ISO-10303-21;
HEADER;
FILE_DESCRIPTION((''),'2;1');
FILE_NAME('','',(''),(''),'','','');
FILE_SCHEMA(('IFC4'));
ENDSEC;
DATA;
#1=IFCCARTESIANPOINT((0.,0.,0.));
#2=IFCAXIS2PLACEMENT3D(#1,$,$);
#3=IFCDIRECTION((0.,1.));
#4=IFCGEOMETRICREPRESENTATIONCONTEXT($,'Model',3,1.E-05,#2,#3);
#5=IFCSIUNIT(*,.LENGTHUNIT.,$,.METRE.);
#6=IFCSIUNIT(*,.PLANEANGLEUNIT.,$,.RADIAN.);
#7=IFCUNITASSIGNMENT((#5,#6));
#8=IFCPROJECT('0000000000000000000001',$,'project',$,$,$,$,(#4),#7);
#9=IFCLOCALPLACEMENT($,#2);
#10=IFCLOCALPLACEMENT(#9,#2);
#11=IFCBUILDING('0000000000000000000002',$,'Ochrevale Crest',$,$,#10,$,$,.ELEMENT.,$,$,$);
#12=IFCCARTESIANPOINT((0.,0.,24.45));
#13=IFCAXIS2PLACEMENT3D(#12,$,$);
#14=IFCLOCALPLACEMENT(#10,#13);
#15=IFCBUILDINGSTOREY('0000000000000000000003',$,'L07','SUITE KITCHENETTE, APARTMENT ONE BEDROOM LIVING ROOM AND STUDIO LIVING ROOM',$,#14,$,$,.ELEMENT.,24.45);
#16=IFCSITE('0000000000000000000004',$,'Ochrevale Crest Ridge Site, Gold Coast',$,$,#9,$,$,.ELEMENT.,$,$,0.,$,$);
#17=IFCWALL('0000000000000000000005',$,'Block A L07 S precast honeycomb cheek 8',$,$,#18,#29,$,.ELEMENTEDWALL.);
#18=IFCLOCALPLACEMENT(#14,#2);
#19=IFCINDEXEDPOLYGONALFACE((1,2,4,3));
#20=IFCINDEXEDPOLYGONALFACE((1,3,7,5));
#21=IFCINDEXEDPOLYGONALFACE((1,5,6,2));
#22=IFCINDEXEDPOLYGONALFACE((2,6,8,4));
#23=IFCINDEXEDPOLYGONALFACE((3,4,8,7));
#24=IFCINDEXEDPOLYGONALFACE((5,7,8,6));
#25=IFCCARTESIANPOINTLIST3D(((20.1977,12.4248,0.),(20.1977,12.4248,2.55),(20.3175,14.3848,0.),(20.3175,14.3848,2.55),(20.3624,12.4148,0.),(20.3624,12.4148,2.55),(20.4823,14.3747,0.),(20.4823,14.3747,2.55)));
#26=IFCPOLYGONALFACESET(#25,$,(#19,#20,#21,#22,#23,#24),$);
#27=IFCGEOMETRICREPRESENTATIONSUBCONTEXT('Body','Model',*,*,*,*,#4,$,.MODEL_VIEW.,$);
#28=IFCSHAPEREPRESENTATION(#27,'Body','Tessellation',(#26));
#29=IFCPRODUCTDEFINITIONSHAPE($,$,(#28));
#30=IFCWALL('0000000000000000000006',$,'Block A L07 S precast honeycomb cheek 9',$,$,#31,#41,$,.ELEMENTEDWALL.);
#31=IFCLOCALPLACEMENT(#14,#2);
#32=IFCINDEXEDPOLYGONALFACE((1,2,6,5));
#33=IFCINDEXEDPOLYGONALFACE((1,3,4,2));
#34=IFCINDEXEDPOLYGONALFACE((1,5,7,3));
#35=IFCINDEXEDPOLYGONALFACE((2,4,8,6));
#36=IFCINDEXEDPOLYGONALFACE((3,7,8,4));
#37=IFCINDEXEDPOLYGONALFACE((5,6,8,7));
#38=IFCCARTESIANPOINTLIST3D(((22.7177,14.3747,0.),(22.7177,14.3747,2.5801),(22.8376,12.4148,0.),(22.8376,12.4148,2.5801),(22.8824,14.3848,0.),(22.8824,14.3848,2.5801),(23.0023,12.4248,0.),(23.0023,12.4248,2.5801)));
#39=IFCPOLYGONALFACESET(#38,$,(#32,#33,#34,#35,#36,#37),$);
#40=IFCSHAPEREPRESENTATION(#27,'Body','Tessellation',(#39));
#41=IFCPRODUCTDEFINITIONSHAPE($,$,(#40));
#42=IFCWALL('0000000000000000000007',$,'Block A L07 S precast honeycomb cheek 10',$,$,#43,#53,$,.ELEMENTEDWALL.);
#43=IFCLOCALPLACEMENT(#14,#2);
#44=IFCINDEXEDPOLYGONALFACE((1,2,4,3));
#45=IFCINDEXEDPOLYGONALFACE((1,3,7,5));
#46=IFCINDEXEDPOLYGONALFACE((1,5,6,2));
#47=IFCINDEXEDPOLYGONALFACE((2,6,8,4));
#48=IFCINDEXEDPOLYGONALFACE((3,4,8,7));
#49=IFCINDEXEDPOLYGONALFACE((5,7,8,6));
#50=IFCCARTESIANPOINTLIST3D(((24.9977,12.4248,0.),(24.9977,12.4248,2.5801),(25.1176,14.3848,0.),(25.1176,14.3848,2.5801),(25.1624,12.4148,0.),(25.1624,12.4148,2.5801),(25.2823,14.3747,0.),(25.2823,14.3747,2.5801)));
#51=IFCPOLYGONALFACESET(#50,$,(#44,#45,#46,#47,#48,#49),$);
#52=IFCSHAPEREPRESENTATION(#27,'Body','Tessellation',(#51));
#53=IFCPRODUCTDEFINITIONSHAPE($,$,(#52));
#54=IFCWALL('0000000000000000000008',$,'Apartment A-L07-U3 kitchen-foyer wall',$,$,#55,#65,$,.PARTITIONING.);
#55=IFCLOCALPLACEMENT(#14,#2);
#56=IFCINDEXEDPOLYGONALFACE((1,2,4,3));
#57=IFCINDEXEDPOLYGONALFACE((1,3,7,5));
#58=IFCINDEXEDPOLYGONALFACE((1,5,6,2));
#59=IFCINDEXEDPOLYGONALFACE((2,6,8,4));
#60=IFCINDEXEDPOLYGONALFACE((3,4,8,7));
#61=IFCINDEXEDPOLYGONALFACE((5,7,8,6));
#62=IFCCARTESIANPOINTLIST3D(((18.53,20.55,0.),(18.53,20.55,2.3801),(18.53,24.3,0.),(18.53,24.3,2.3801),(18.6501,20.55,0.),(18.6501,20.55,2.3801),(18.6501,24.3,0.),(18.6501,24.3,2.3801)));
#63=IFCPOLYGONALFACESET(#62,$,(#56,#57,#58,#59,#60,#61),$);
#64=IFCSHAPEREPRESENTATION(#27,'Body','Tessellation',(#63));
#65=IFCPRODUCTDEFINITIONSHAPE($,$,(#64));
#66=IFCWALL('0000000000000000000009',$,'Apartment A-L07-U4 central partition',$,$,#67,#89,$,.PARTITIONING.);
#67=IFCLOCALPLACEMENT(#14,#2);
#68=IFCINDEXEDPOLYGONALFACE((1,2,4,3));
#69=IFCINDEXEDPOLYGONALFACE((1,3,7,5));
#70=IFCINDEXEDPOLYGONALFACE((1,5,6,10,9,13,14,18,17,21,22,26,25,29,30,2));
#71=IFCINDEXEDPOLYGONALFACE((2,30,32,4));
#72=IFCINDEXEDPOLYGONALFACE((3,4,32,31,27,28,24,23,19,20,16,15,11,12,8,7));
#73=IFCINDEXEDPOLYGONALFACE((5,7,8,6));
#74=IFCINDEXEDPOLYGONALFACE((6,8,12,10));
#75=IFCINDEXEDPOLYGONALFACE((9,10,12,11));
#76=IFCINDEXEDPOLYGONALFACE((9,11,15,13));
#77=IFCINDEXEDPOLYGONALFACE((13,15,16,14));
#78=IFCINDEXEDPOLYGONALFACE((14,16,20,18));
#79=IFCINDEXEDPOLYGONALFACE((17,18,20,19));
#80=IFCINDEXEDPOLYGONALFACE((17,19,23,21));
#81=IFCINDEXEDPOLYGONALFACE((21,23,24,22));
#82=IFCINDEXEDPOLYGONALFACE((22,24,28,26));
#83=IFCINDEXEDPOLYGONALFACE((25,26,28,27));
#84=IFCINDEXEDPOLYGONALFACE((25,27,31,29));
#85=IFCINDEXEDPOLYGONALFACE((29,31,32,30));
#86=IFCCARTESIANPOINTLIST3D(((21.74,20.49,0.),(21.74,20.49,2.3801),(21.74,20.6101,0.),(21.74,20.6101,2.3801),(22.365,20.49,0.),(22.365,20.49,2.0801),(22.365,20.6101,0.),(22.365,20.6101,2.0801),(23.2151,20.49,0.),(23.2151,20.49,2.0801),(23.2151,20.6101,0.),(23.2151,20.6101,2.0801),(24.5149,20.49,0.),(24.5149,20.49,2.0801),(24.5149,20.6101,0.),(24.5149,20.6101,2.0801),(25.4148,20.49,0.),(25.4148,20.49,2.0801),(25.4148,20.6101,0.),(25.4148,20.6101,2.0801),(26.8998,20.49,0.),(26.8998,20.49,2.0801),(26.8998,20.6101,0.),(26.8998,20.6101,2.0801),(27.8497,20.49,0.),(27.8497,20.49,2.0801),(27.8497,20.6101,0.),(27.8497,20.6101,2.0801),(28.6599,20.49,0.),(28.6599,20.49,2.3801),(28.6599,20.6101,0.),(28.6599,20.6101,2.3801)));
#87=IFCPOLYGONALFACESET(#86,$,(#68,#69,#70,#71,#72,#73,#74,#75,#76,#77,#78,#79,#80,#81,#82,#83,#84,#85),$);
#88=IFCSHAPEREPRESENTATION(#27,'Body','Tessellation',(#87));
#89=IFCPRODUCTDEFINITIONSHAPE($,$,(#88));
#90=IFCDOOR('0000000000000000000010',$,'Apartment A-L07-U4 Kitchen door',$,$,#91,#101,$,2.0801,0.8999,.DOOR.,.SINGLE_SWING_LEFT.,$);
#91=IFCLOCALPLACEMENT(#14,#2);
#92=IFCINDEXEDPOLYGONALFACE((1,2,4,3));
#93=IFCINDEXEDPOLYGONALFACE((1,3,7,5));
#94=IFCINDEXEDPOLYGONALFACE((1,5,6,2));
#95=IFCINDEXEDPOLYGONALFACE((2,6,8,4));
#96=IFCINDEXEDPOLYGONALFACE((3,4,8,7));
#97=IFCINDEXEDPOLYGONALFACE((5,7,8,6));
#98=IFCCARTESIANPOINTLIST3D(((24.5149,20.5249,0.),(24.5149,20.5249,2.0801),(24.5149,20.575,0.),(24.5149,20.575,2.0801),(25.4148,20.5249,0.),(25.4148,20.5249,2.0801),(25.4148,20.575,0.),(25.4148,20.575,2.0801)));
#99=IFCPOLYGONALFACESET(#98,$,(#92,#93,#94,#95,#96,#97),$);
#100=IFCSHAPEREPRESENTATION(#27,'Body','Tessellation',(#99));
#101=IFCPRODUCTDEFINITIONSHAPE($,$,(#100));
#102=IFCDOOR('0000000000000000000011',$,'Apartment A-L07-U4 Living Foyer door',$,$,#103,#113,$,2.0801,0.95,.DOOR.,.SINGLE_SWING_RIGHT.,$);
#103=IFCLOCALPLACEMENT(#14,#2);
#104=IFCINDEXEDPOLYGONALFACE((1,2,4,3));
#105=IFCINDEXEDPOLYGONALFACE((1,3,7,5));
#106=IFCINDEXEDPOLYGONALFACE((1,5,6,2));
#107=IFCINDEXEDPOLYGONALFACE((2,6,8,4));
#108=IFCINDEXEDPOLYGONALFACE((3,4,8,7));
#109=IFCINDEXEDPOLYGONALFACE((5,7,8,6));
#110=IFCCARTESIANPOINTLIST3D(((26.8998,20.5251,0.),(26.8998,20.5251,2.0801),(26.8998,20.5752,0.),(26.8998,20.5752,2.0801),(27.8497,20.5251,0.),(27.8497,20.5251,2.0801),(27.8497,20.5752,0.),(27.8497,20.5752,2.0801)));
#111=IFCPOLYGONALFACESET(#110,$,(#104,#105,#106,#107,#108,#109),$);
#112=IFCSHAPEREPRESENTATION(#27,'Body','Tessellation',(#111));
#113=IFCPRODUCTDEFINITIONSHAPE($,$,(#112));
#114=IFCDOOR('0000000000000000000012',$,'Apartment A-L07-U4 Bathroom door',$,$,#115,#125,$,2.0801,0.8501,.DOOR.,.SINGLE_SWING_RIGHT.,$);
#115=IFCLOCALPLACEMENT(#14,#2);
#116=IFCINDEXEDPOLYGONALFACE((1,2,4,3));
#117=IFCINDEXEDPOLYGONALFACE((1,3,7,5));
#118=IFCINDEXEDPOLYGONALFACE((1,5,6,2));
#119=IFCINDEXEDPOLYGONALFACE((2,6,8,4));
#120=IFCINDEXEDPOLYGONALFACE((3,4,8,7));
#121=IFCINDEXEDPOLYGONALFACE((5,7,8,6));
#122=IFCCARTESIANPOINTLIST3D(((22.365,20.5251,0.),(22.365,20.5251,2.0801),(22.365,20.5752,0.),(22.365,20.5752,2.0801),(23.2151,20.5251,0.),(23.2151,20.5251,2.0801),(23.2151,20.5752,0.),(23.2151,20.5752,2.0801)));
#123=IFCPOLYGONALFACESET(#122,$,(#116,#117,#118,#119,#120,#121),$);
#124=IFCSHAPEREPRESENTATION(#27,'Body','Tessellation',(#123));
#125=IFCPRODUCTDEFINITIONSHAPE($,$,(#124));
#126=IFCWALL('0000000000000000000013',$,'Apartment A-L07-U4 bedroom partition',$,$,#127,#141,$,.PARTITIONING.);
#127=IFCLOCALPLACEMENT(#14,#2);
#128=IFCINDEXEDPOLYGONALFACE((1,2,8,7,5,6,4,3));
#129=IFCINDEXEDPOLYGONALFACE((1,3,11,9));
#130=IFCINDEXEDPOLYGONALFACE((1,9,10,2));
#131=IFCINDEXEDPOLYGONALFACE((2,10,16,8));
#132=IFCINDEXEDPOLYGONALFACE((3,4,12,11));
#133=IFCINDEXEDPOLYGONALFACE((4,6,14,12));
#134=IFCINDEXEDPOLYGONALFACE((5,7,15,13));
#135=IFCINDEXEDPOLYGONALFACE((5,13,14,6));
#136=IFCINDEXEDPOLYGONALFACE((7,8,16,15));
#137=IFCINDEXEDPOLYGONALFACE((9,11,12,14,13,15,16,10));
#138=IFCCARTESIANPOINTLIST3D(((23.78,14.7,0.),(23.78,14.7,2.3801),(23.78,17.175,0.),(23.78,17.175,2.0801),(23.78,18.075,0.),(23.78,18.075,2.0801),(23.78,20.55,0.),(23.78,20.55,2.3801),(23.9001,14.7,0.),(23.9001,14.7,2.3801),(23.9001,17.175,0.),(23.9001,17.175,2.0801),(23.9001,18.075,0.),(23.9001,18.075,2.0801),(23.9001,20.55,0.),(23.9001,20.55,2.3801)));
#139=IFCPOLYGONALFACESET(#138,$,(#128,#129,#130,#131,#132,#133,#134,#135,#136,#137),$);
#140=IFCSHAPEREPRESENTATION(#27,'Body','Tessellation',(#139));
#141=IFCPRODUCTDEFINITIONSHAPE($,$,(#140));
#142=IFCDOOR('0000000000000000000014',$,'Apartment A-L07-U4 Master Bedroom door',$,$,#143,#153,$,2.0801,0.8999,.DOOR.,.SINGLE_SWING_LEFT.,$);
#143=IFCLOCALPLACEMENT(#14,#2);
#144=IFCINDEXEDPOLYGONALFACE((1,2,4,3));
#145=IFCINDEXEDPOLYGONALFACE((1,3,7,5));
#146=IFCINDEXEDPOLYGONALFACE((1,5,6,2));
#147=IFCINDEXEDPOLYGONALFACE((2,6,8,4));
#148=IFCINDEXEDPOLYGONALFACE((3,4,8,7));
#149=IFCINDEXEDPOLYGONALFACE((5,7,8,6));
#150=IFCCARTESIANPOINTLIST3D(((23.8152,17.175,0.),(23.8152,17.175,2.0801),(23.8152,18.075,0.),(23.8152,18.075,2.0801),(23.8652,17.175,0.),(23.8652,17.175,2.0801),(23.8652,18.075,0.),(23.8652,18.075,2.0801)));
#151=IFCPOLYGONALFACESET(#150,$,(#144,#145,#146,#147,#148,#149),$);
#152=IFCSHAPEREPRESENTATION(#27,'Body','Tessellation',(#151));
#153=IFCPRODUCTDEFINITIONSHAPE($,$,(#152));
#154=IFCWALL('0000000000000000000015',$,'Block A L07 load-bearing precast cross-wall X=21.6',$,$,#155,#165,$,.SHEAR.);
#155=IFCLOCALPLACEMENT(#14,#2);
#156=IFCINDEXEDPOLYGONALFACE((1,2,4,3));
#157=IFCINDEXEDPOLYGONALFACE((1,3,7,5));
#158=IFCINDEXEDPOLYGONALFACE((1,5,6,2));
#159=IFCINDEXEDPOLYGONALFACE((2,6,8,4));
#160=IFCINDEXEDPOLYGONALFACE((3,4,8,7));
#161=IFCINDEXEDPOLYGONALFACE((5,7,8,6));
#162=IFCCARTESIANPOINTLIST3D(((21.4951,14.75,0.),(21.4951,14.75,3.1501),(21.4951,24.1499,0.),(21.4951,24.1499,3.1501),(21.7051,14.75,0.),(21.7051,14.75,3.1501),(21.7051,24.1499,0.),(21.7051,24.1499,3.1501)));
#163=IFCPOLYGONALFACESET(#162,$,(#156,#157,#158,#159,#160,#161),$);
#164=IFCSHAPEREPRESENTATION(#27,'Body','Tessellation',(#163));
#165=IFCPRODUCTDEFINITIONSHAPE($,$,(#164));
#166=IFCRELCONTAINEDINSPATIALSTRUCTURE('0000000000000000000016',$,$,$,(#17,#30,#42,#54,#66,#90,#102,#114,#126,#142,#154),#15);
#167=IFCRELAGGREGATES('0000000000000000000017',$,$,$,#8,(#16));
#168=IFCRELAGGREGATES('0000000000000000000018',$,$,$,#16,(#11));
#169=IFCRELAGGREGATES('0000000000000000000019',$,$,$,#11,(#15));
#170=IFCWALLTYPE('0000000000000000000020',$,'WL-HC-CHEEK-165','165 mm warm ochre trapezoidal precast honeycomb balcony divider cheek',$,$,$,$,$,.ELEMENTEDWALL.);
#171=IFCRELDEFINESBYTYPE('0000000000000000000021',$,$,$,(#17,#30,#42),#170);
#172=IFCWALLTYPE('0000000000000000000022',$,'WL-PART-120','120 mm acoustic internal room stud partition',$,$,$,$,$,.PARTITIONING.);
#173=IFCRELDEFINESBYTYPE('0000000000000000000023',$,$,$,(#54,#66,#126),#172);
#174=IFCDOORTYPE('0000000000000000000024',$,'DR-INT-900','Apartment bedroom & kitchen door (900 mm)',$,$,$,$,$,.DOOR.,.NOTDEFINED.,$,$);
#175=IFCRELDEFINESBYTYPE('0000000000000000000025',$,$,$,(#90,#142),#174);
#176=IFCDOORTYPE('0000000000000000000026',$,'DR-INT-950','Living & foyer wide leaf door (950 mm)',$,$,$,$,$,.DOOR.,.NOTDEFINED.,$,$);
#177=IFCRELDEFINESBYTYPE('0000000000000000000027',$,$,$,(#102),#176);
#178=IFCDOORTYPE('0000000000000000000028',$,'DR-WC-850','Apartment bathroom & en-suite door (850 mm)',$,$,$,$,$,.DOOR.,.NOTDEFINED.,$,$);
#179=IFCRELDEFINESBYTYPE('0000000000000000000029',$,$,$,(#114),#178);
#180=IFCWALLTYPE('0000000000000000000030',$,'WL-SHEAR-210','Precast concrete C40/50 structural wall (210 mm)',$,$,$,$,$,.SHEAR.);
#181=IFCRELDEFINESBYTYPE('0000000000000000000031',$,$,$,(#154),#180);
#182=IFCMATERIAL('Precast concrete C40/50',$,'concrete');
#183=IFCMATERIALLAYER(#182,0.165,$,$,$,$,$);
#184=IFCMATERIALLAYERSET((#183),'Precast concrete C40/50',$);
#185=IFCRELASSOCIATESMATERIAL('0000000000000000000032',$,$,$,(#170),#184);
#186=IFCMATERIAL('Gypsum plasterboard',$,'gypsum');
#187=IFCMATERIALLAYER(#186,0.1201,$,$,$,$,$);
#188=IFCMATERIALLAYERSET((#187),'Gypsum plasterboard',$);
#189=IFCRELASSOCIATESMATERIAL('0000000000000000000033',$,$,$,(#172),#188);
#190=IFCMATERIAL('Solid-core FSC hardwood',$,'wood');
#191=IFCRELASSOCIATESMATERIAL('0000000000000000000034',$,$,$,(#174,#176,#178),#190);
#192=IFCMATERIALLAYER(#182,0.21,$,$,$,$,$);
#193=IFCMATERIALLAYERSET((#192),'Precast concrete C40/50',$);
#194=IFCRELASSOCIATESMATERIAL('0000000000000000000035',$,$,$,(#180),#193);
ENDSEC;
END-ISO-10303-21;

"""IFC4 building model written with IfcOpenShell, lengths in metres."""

from ifc_helpers import new_model, si_unit, direction, frame, frame_2d, origin, place, context, subcontext, project, spatial, rectangle, extrude, material, layer, layer_set, type_object, element, fill, save


model = new_model("IFC4")

# Units and contexts
model_context = context("Model", 3, precision=1e-05, world=origin(), true_north=direction((0.0, 1.0)))
body_context = subcontext(model_context, "Body", "Model", "MODEL_VIEW")
ifc_project = project(units=[si_unit("LENGTHUNIT", "METRE"), si_unit("PLANEANGLEUNIT", "RADIAN")], contexts=[model_context])

# Site, building, storey
site_placement = place(None, origin())
site = spatial("IfcSite", under=ifc_project, at=site_placement, Name="Ochrevale Crest Ridge Site, Gold Coast", CompositionType="ELEMENT", RefElevation=0.0)
building_placement = place(site_placement, origin())
building = spatial("IfcBuilding", under=site, at=building_placement, Name="Ochrevale Crest", CompositionType="ELEMENT")
storey_placement = place(building_placement, frame((0.0, 0.0, 24.45)))
storey = spatial("IfcBuildingStorey", under=building, at=storey_placement, Name="L07", Description="SUITE KITCHENETTE, APARTMENT ONE BEDROOM LIVING ROOM AND STUDIO LIVING ROOM", CompositionType="ELEMENT", Elevation=24.45)

# Shared definitions
ifc_material_1 = material(Name="Precast concrete C40/50", Category="concrete")

# Walls
ifc_layer_1 = layer(ifc_material_1, 0.165)
ifc_layer_set_1 = layer_set([ifc_layer_1], Name="Precast concrete C40/50")
wall_type_1 = type_object("IfcWallType", Name="WL-HC-CHEEK-165", Description="165 mm warm ochre trapezoidal precast honeycomb balcony divider cheek", PredefinedType="ELEMENTEDWALL", material=ifc_layer_set_1)
for number, where, z_axis, x_axis, name in (
    (1, (20.3999, 14.3799, 0.0), (0.0, 0.0, 1.0), (-0.061047, -0.998135, 0.0), "Block A L07 S precast honeycomb cheek 8"),
):
    element("IfcWall", number, at=place(storey_placement, frame(where, z_axis=z_axis, x_axis=x_axis)), inside=storey, type_object=wall_type_1, Name=name, PredefinedType="ELEMENTEDWALL", context=body_context, shape_type="SweptSolid", body=[
        extrude(rectangle(XDim=1.9636, YDim=0.165, at=frame_2d((0.9819, 0.0))), origin(), (0.0, 0.0, 1.0), 2.55),
    ])
for number, where, z_axis, x_axis, name in (
    (2, (22.8, 14.3799, 0.0), (0.0, 0.0, 1.0), (0.061047, -0.998135, 0.0), "Block A L07 S precast honeycomb cheek 9"),
    (3, (25.2, 14.3799, 0.0), (0.0, 0.0, 1.0), (-0.061047, -0.998135, 0.0), "Block A L07 S precast honeycomb cheek 10"),
):
    element("IfcWall", number, at=place(storey_placement, frame(where, z_axis=z_axis, x_axis=x_axis)), inside=storey, type_object=wall_type_1, Name=name, PredefinedType="ELEMENTEDWALL", context=body_context, shape_type="SweptSolid", body=[
        extrude(rectangle(XDim=1.9636, YDim=0.165, at=frame_2d((0.9819, 0.0))), origin(), (0.0, 0.0, 1.0), 2.5801),
    ])
ifc_material_2 = material(Name="Gypsum plasterboard", Category="gypsum")
ifc_layer_2 = layer(ifc_material_2, 0.1201)
ifc_layer_set_2 = layer_set([ifc_layer_2], Name="Gypsum plasterboard")
wall_type_2 = type_object("IfcWallType", Name="WL-PART-120", Description="120 mm acoustic internal room stud partition", PredefinedType="PARTITIONING", material=ifc_layer_set_2)
wall_1_placement = place(storey_placement, frame((18.5901, 20.55, 0.0), z_axis=(0.0, 0.0, 1.0), x_axis=(0.0, 1.0, 0.0)))
element("IfcWall", 4, at=wall_1_placement, inside=storey, type_object=wall_type_2, Name="Apartment A-L07-U3 kitchen-foyer wall", PredefinedType="PARTITIONING", context=body_context, shape_type="SweptSolid", body=[
    extrude(rectangle(XDim=3.75, YDim=0.1201, at=frame_2d((1.875, 0.0))), origin(), (0.0, 0.0, 1.0), 2.3801),
])

# Wall, openings, doors
wall_2_placement = place(storey_placement, frame((21.74, 20.55, 0.0), z_axis=(0.0, 0.0, 1.0), x_axis=(1.0, 0.0, 0.0)))
wall_2 = element("IfcWall", 5, at=wall_2_placement, inside=storey, type_object=wall_type_2, Name="Apartment A-L07-U4 central partition", PredefinedType="PARTITIONING", context=body_context, shape_type="SweptSolid", body=[
    extrude(rectangle(XDim=6.9199, YDim=0.1201, at=frame_2d((3.46, 0.0))), origin(), (0.0, 0.0, 1.0), 2.3801),
])
opening_1_placement = place(wall_2_placement, frame((1.4751, 0.0, 0.0), z_axis=(0.0, 0.0, 1.0), x_axis=(-1.0, 0.0, 0.0)))
opening_1 = element("IfcOpeningElement", 6, at=opening_1_placement, cuts=wall_2, PredefinedType="OPENING", context=body_context, shape_type="SweptSolid", body=[
    extrude(rectangle(XDim=0.8501, YDim=2.0801, at=frame_2d((0.425, 1.04))), frame((0.0, 0.0701, 0.0), z_axis=(0.0, -1.0, 0.0), x_axis=(1.0, 0.0, 0.0)), (0.0, 0.0, 1.0), 0.1401),
])
opening_2_placement = place(wall_2_placement, frame((2.7749, 0.0, 0.0)))
opening_2 = element("IfcOpeningElement", 7, at=opening_2_placement, cuts=wall_2, PredefinedType="OPENING", context=body_context, shape_type="SweptSolid", body=[
    extrude(rectangle(XDim=0.8999, YDim=2.0801, at=frame_2d((0.45, 1.04))), frame((0.0, 0.0701, 0.0), z_axis=(0.0, -1.0, 0.0), x_axis=(1.0, 0.0, 0.0)), (0.0, 0.0, 1.0), 0.1401),
])
opening_3_placement = place(wall_2_placement, frame((6.1099, 0.0, 0.0), z_axis=(0.0, 0.0, 1.0), x_axis=(-1.0, 0.0, 0.0)))
opening_3 = element("IfcOpeningElement", 8, at=opening_3_placement, cuts=wall_2, PredefinedType="OPENING", context=body_context, shape_type="SweptSolid", body=[
    extrude(rectangle(XDim=0.95, YDim=2.0801, at=frame_2d((0.4751, 1.04))), frame((0.0, 0.0701, 0.0), z_axis=(0.0, -1.0, 0.0), x_axis=(1.0, 0.0, 0.0)), (0.0, 0.0, 1.0), 0.1401),
])
ifc_material_3 = material(Name="Solid-core FSC hardwood", Category="wood")
door_type_1 = type_object("IfcDoorType", Name="DR-INT-900", Description="Apartment bedroom & kitchen door (900 mm)", OperationType="NOTDEFINED", PredefinedType="DOOR", material=ifc_material_3)
door_1_placement = place(opening_2_placement, origin())
door_1 = element("IfcDoor", 9, at=door_1_placement, inside=storey, type_object=door_type_1, Name="Apartment A-L07-U4 Kitchen door", OperationType="SINGLE_SWING_LEFT", OverallHeight=2.0801, OverallWidth=0.8999, PredefinedType="DOOR", context=body_context, shape_type="SweptSolid", body=[
    extrude(rectangle(XDim=0.8999, YDim=2.0801, at=frame_2d((0.45, 1.04))), frame((0.0, 0.0249, 0.0), z_axis=(0.0, -1.0, 0.0), x_axis=(1.0, 0.0, 0.0)), (0.0, 0.0, 1.0), 0.05),
])
fill(opening_2, door_1)
door_type_2 = type_object("IfcDoorType", Name="DR-INT-950", Description="Living & foyer wide leaf door (950 mm)", OperationType="NOTDEFINED", PredefinedType="DOOR", material=ifc_material_3)
door_2_placement = place(opening_3_placement, origin())
door_2 = element("IfcDoor", 10, at=door_2_placement, inside=storey, type_object=door_type_2, Name="Apartment A-L07-U4 Living Foyer door", OperationType="SINGLE_SWING_RIGHT", OverallHeight=2.0801, OverallWidth=0.95, PredefinedType="DOOR", context=body_context, shape_type="SweptSolid", body=[
    extrude(rectangle(XDim=0.95, YDim=2.0801, at=frame_2d((0.4751, 1.04))), frame((0.0, 0.0249, 0.0), z_axis=(0.0, -1.0, 0.0), x_axis=(1.0, 0.0, 0.0)), (0.0, 0.0, 1.0), 0.05),
])
fill(opening_3, door_2)
door_type_3 = type_object("IfcDoorType", Name="DR-WC-850", Description="Apartment bathroom & en-suite door (850 mm)", OperationType="NOTDEFINED", PredefinedType="DOOR", material=ifc_material_3)
door_3_placement = place(opening_1_placement, origin())
door_3 = element("IfcDoor", 11, at=door_3_placement, inside=storey, type_object=door_type_3, Name="Apartment A-L07-U4 Bathroom door", OperationType="SINGLE_SWING_RIGHT", OverallHeight=2.0801, OverallWidth=0.8501, PredefinedType="DOOR", context=body_context, shape_type="SweptSolid", body=[
    extrude(rectangle(XDim=0.8501, YDim=2.0801, at=frame_2d((0.425, 1.04))), frame((0.0, 0.0249, 0.0), z_axis=(0.0, -1.0, 0.0), x_axis=(1.0, 0.0, 0.0)), (0.0, 0.0, 1.0), 0.05),
])
fill(opening_1, door_3)

# Wall, opening, door
wall_3_placement = place(storey_placement, frame((23.8401, 14.7, 0.0), z_axis=(0.0, 0.0, 1.0), x_axis=(0.0, 1.0, 0.0)))
wall_3 = element("IfcWall", 12, at=wall_3_placement, inside=storey, type_object=wall_type_2, Name="Apartment A-L07-U4 bedroom partition", PredefinedType="PARTITIONING", context=body_context, shape_type="SweptSolid", body=[
    extrude(rectangle(XDim=5.8501, YDim=0.1201, at=frame_2d((2.925, 0.0))), origin(), (0.0, 0.0, 1.0), 2.3801),
])
opening_4_placement = place(wall_3_placement, frame((2.4751, 0.0, 0.0)))
opening_4 = element("IfcOpeningElement", 13, at=opening_4_placement, cuts=wall_3, PredefinedType="OPENING", context=body_context, shape_type="SweptSolid", body=[
    extrude(rectangle(XDim=0.8999, YDim=2.0801, at=frame_2d((0.45, 1.04))), frame((0.0, 0.0701, 0.0), z_axis=(0.0, -1.0, 0.0), x_axis=(1.0, 0.0, 0.0)), (0.0, 0.0, 1.0), 0.1401),
])
door_4_placement = place(opening_4_placement, origin())
door_4 = element("IfcDoor", 14, at=door_4_placement, inside=storey, type_object=door_type_1, Name="Apartment A-L07-U4 Master Bedroom door", OperationType="SINGLE_SWING_LEFT", OverallHeight=2.0801, OverallWidth=0.8999, PredefinedType="DOOR", context=body_context, shape_type="SweptSolid", body=[
    extrude(rectangle(XDim=0.8999, YDim=2.0801, at=frame_2d((0.45, 1.04))), frame((0.0, 0.0249, 0.0), z_axis=(0.0, -1.0, 0.0), x_axis=(1.0, 0.0, 0.0)), (0.0, 0.0, 1.0), 0.05),
])
fill(opening_4, door_4)

# Wall
ifc_layer_3 = layer(ifc_material_1, 0.21)
ifc_layer_set_3 = layer_set([ifc_layer_3], Name="Precast concrete C40/50")
wall_type_3 = type_object("IfcWallType", Name="WL-SHEAR-210", Description="Precast concrete C40/50 structural wall (210 mm)", PredefinedType="SHEAR", material=ifc_layer_set_3)
wall_4_placement = place(storey_placement, frame((21.6001, 14.75, 0.0), z_axis=(0.0, 0.0, 1.0), x_axis=(0.0, 1.0, 0.0)))
element("IfcWall", 15, at=wall_4_placement, inside=storey, type_object=wall_type_3, Name="Block A L07 load-bearing precast cross-wall X=21.6", PredefinedType="SHEAR", context=body_context, shape_type="SweptSolid", body=[
    extrude(rectangle(XDim=9.3999, YDim=0.21, at=frame_2d((4.7, 0.0))), origin(), (0.0, 0.0, 1.0), 3.1501),
])

save(model, "model.ifc")
